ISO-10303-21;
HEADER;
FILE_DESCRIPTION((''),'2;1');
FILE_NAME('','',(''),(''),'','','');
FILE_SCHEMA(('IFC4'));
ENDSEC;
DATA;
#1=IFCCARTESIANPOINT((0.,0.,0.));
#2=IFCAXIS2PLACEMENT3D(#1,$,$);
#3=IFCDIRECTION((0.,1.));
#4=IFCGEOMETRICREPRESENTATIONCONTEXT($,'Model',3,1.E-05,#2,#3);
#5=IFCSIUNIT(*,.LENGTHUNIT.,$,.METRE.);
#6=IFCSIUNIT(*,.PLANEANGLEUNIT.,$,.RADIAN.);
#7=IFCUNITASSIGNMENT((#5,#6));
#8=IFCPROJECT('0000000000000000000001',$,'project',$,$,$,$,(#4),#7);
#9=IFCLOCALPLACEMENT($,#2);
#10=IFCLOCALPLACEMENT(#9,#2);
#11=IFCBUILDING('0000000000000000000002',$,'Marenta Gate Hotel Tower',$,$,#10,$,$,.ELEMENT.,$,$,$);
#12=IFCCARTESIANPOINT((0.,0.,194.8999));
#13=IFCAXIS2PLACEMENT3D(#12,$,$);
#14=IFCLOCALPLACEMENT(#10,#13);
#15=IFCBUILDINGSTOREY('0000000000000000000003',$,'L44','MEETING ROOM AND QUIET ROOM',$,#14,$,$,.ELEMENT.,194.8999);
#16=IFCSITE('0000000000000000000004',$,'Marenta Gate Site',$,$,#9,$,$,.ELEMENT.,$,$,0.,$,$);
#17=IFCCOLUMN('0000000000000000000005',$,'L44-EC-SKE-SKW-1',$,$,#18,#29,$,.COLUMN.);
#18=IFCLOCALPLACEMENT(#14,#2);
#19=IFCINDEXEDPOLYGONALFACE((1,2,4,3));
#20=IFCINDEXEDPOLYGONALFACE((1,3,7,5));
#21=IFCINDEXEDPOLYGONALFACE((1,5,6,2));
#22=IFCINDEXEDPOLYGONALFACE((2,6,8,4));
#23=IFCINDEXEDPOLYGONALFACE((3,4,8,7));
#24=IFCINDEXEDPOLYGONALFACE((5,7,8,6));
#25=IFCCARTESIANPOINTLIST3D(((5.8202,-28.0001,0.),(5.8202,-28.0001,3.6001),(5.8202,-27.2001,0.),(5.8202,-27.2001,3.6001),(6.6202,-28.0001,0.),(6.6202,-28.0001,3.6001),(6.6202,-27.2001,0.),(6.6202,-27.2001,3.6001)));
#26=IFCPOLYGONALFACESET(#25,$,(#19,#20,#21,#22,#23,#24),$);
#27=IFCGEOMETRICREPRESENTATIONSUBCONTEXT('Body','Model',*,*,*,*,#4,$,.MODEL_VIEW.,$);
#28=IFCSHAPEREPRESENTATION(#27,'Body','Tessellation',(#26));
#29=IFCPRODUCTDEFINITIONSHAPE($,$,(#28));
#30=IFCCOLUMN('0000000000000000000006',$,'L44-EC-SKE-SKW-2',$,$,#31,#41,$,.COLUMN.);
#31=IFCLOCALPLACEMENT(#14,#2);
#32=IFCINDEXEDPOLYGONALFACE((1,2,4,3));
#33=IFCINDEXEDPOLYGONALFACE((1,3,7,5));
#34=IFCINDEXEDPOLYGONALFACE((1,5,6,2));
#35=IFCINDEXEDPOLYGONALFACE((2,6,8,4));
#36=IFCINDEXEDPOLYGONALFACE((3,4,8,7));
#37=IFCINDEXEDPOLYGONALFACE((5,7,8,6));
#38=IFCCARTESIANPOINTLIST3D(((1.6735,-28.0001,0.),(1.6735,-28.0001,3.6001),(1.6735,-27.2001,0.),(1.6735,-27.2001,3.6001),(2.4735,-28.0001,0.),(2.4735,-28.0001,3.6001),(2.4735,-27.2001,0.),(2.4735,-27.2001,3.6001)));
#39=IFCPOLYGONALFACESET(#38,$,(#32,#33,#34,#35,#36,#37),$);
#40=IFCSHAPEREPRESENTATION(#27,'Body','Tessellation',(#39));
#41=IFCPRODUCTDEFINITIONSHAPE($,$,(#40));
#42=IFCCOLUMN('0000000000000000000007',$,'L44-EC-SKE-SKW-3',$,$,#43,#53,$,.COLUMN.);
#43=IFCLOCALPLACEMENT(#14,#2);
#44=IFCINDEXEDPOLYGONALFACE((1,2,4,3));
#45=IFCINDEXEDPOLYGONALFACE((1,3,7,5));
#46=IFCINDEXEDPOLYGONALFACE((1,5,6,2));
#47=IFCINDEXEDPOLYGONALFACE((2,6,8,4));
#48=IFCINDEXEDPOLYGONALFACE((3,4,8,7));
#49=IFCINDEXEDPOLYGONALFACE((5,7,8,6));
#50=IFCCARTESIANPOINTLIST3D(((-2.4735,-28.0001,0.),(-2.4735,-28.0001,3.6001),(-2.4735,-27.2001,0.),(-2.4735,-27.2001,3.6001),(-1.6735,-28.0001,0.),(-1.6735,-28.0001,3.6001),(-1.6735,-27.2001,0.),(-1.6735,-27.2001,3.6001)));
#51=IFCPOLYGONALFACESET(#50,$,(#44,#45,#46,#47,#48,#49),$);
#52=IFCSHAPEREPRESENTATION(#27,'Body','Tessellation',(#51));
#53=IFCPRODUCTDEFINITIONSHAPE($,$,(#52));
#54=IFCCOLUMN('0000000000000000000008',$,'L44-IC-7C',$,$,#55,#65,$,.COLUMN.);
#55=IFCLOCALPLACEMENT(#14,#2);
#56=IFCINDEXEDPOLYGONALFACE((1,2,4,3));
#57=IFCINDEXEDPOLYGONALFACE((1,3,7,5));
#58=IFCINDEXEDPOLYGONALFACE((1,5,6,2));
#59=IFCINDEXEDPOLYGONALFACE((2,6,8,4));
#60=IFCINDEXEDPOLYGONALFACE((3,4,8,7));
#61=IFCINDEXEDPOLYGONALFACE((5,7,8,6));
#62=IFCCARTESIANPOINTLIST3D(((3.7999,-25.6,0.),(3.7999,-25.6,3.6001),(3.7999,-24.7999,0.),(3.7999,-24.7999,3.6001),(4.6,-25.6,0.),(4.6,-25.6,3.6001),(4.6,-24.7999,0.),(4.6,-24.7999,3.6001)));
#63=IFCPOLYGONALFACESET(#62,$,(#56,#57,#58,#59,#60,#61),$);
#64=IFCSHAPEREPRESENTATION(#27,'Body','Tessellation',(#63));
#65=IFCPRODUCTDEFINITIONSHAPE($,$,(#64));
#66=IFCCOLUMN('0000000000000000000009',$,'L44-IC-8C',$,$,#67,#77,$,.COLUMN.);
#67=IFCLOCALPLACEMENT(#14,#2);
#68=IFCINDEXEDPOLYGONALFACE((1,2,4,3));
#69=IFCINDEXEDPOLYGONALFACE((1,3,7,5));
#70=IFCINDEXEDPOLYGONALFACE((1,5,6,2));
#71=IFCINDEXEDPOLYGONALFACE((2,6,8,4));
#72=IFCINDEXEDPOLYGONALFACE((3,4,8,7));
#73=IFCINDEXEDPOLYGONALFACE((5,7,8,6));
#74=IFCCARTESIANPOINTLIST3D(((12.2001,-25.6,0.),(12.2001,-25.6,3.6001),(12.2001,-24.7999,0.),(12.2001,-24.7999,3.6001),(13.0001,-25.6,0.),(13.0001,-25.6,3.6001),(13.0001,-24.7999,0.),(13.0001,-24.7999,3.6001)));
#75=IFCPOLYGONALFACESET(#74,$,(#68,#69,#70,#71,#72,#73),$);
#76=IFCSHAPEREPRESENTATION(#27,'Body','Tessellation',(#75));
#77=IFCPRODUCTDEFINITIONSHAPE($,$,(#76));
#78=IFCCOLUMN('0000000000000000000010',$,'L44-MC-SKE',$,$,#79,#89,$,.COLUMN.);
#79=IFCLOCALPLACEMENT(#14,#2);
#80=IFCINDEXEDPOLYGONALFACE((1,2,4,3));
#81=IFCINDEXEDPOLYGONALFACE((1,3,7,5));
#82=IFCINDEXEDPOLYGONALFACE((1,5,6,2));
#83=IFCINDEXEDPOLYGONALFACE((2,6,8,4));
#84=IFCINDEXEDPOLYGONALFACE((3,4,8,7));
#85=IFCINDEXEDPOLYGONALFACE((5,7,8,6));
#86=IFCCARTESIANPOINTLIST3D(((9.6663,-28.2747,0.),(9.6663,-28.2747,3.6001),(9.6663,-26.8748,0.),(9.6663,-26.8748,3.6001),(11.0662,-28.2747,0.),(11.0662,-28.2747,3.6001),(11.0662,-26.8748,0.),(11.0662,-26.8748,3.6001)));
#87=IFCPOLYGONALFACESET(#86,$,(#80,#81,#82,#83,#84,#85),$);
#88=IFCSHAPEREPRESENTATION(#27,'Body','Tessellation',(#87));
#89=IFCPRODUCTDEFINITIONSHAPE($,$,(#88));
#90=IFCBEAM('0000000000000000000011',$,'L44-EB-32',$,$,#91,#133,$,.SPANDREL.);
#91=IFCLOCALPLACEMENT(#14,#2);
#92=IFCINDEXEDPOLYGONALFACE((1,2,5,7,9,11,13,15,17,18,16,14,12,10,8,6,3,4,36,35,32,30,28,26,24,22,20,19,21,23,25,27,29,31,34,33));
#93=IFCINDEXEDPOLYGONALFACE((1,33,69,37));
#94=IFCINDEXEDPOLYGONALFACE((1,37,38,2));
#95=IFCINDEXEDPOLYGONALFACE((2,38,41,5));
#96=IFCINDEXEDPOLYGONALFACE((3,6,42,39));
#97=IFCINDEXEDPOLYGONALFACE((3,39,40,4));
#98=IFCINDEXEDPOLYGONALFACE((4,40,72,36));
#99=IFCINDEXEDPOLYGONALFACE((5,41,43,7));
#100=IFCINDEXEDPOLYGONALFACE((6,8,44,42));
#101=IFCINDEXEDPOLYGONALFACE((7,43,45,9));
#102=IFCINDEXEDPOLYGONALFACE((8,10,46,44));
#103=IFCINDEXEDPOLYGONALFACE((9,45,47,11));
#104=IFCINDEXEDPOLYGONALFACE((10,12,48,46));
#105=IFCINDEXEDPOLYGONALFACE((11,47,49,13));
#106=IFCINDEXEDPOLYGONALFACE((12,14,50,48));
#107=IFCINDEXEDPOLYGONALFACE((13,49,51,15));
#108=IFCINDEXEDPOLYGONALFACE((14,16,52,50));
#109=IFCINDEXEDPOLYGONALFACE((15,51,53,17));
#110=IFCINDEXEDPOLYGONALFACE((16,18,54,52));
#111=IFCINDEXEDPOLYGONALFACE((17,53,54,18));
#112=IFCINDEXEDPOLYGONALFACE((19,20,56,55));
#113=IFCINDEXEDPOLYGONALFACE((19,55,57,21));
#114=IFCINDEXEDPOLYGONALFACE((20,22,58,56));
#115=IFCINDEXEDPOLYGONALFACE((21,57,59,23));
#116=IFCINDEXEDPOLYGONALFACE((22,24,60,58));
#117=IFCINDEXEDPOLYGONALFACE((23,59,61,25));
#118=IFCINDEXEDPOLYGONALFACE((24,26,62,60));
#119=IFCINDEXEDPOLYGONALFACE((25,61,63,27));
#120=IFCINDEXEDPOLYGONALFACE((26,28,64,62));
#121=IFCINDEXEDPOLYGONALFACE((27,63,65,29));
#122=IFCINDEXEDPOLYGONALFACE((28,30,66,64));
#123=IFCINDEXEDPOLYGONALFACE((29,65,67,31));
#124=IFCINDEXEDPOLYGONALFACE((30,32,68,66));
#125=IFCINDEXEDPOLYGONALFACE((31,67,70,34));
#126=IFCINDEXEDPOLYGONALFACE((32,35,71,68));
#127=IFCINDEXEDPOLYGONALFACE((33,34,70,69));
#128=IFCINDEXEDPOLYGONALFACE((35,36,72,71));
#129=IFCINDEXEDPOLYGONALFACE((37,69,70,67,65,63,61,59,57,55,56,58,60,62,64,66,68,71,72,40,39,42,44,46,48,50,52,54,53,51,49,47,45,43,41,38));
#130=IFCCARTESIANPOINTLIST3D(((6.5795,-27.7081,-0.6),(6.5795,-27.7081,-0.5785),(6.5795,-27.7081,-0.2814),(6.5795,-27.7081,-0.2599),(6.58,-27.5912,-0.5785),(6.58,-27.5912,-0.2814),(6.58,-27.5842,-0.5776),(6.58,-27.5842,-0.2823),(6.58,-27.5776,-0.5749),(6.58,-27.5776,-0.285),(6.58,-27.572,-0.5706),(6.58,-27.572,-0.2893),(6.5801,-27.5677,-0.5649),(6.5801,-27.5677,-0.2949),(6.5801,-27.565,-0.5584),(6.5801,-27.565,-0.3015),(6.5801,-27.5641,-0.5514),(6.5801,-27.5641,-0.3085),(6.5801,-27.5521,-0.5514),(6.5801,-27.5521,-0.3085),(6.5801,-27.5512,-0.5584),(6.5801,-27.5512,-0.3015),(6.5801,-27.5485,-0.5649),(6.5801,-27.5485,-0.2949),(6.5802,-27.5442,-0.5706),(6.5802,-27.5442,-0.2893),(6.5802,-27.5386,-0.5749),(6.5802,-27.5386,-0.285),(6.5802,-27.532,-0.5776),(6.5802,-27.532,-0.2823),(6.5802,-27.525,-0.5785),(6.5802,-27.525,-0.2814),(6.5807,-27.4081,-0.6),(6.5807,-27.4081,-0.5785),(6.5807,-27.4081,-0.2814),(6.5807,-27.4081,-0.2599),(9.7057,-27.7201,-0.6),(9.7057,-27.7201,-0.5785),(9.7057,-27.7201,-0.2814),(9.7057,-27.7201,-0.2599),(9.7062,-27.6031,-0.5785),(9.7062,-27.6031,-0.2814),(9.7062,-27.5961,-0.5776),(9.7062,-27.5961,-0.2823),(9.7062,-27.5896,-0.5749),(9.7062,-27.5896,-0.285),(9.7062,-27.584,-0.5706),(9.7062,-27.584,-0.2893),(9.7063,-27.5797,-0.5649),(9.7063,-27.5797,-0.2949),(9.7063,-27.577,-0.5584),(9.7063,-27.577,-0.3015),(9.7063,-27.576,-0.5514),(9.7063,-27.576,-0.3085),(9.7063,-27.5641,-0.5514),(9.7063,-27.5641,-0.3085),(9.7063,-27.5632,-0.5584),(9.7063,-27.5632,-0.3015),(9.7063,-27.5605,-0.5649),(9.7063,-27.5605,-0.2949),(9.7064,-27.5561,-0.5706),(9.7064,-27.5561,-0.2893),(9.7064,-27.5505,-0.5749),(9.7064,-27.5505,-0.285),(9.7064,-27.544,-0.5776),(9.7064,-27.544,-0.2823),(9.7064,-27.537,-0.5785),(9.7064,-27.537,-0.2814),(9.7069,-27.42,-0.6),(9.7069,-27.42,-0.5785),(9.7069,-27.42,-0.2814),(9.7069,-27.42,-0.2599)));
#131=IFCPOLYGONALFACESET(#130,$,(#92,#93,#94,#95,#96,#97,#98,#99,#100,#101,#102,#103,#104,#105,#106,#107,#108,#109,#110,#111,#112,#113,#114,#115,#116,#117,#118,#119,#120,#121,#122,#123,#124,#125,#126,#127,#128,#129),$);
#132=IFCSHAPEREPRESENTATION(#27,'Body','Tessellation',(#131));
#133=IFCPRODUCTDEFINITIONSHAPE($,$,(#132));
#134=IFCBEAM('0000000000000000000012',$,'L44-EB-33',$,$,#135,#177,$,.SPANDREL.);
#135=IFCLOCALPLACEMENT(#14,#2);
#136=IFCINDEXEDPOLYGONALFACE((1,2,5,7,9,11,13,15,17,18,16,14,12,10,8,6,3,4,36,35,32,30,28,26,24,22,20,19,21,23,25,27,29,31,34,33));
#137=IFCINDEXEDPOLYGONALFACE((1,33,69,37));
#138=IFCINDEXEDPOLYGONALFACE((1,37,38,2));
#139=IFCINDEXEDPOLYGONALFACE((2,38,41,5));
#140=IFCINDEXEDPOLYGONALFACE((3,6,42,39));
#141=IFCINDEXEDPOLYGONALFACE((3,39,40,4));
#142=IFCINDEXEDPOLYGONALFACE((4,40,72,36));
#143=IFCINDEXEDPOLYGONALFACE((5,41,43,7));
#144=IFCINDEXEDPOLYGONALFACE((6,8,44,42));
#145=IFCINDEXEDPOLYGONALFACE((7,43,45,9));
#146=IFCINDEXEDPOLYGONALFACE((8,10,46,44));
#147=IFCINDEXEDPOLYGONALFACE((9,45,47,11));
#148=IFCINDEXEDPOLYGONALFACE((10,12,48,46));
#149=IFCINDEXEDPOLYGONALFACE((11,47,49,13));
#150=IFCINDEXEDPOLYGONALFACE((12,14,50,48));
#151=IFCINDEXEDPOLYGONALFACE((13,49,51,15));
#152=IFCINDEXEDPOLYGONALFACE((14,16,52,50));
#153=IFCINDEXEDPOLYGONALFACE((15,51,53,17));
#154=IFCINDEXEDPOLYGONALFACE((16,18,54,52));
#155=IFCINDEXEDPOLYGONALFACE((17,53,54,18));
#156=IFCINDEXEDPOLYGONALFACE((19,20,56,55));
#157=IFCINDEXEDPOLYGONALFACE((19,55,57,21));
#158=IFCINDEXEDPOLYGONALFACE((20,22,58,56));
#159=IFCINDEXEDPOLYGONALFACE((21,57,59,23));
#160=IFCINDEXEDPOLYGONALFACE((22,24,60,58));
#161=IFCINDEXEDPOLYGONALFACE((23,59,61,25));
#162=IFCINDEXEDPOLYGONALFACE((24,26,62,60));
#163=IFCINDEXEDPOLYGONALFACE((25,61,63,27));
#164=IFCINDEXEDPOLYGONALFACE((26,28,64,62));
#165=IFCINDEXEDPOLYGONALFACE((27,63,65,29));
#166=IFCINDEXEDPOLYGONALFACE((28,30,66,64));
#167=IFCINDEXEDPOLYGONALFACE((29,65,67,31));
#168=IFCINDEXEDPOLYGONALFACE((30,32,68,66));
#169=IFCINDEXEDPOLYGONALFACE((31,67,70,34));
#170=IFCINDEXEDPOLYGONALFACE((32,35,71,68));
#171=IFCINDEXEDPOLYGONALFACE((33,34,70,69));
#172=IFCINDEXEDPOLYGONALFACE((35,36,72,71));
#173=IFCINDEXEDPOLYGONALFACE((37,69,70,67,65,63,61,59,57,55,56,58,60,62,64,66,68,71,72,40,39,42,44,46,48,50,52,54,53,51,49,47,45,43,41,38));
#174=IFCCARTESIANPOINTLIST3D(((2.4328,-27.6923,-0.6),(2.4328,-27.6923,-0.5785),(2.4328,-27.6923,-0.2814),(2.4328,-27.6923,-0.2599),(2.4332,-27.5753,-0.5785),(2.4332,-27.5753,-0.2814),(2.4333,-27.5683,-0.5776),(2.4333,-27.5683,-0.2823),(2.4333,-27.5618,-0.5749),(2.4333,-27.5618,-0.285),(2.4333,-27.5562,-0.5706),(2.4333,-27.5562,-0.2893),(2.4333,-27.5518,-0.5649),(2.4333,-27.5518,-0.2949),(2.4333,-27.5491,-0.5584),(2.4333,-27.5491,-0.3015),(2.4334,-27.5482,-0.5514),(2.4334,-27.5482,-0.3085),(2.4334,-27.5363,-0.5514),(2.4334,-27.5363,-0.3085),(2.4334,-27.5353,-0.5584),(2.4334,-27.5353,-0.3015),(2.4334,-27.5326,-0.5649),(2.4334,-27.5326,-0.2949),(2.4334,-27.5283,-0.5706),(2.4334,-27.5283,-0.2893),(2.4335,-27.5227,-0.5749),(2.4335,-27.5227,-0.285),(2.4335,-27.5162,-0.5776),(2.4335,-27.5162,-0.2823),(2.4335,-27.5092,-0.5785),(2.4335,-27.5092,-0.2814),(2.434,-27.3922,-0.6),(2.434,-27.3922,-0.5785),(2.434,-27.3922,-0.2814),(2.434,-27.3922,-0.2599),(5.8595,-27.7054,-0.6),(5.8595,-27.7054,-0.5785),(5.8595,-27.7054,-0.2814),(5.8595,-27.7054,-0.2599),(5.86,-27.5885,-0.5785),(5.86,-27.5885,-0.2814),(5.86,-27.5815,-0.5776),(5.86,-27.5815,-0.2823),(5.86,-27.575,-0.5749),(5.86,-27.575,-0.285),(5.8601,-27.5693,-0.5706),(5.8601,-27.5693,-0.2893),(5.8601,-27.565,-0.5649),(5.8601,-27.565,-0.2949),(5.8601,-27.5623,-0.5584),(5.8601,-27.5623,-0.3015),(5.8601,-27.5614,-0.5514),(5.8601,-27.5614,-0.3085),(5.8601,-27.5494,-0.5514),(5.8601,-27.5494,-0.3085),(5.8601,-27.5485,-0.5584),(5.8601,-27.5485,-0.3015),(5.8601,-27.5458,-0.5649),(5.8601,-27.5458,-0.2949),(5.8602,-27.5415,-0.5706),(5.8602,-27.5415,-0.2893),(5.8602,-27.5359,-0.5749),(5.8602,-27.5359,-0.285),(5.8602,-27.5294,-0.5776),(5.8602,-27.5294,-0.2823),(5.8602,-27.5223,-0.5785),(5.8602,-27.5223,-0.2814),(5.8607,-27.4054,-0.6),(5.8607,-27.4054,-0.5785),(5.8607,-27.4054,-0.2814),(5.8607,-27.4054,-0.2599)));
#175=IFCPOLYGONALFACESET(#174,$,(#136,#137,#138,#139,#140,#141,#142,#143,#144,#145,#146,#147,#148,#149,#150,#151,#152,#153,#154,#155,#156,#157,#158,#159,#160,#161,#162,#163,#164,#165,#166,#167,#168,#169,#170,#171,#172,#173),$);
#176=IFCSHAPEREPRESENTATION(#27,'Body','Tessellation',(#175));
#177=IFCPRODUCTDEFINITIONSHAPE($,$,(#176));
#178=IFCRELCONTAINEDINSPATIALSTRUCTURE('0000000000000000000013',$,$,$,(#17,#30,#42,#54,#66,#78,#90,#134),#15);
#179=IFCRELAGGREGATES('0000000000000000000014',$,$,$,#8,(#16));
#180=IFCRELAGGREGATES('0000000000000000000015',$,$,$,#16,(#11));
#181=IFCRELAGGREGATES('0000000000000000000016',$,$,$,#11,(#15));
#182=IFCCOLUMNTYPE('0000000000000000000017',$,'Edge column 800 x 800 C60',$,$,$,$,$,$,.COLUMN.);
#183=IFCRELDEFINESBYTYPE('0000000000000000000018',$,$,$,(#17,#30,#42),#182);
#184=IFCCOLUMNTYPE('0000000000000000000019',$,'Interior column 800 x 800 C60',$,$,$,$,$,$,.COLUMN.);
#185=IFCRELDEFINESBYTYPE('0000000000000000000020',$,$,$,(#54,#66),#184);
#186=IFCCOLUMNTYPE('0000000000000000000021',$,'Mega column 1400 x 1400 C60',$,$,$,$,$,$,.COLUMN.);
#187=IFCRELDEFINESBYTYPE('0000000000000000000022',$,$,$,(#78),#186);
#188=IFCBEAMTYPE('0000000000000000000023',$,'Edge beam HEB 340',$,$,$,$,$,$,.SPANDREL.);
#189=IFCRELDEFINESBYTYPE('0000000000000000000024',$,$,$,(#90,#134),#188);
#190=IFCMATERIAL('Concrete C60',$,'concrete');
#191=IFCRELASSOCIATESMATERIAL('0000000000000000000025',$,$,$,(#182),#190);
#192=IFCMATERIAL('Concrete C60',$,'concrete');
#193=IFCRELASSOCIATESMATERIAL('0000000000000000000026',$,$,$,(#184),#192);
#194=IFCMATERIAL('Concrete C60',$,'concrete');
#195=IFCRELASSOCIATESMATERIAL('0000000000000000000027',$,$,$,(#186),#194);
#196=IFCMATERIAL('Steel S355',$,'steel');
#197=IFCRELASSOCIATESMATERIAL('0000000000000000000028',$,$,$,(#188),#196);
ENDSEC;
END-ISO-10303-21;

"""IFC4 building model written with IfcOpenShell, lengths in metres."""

from ifc_helpers import new_model, si_unit, direction, frame, origin, origin_2d, place, context, subcontext, project, spatial, rectangle, i_section, extrude, material, material_profile, profile_set, type_object, element, save


model = new_model("IFC4")

# Units and contexts
model_context = context("Model", 3, precision=1e-05, world=origin(), true_north=direction((0.0, 1.0)))
body_context = subcontext(model_context, "Body", "Model", "MODEL_VIEW")
ifc_project = project(units=[si_unit("LENGTHUNIT", "METRE"), si_unit("PLANEANGLEUNIT", "RADIAN")], contexts=[model_context])

# Site, building, storey
site_placement = place(None, origin())
site = spatial("IfcSite", under=ifc_project, at=site_placement, Name="Marenta Gate Site", CompositionType="ELEMENT", RefElevation=0.0)
building_placement = place(site_placement, origin())
building = spatial("IfcBuilding", under=site, at=building_placement, Name="Marenta Gate Hotel Tower", CompositionType="ELEMENT")
storey_placement = place(building_placement, frame((0.0, 0.0, 194.8999)))
storey = spatial("IfcBuildingStorey", under=building, at=storey_placement, Name="L44", Description="MEETING ROOM AND QUIET ROOM", CompositionType="ELEMENT", Elevation=194.8999)

# Columns
ifc_material_1 = material(Name="Concrete C60", Category="concrete")
ifc_material_profile_1 = material_profile(ifc_material_1, rectangle(XDim=0.8, YDim=0.8, at=origin_2d()), Name="800 x 800")
ifc_profile_set_1 = profile_set([ifc_material_profile_1], Name="Concrete C60")
column_type_1 = type_object("IfcColumnType", Name="Edge column 800 x 800 C60", PredefinedType="COLUMN", material=ifc_profile_set_1)
for number, where, z_axis, x_axis, name in (
    (1, (6.2202, -27.6001, 0.0), (0.0, 0.0, 1.0), (1.0, 0.0, 0.0), "L44-EC-SKE-SKW-1"),
    (2, (2.0735, -27.6001, 0.0), (0.0, 0.0, 1.0), (1.0, 0.0, 0.0), "L44-EC-SKE-SKW-2"),
    (3, (-2.0735, -27.6001, 0.0), (0.0, 0.0, 1.0), (1.0, 0.0, 0.0), "L44-EC-SKE-SKW-3"),
):
    element("IfcColumn", number, at=place(storey_placement, frame(where, z_axis=z_axis, x_axis=x_axis)), inside=storey, type_object=column_type_1, Name=name, PredefinedType="COLUMN", context=body_context, shape_type="SweptSolid", body=[
        extrude(rectangle(XDim=0.8, YDim=0.8, at=origin_2d()), origin(), (0.0, 0.0, 1.0), 3.6001),
    ])
ifc_material_2 = material(Name="Concrete C60", Category="concrete")
ifc_material_profile_2 = material_profile(ifc_material_2, rectangle(XDim=0.8, YDim=0.8, at=origin_2d()), Name="800 x 800")
ifc_profile_set_2 = profile_set([ifc_material_profile_2], Name="Concrete C60")
column_type_2 = type_object("IfcColumnType", Name="Interior column 800 x 800 C60", PredefinedType="COLUMN", material=ifc_profile_set_2)
for number, where, z_axis, x_axis, name in (
    (4, (4.2, -25.2, 0.0), (0.0, 0.0, 1.0), (1.0, 0.0, 0.0), "L44-IC-7C"),
    (5, (12.6001, -25.2, 0.0), (0.0, 0.0, 1.0), (1.0, 0.0, 0.0), "L44-IC-8C"),
):
    element("IfcColumn", number, at=place(storey_placement, frame(where, z_axis=z_axis, x_axis=x_axis)), inside=storey, type_object=column_type_2, Name=name, PredefinedType="COLUMN", context=body_context, shape_type="SweptSolid", body=[
        extrude(rectangle(XDim=0.8, YDim=0.8, at=origin_2d()), origin(), (0.0, 0.0, 1.0), 3.6001),
    ])
ifc_material_3 = material(Name="Concrete C60", Category="concrete")
ifc_material_profile_3 = material_profile(ifc_material_3, rectangle(XDim=1.3999, YDim=1.3999, at=origin_2d()), Name="1400 x 1400")
ifc_profile_set_3 = profile_set([ifc_material_profile_3], Name="Concrete C60")
column_type_3 = type_object("IfcColumnType", Name="Mega column 1400 x 1400 C60", PredefinedType="COLUMN", material=ifc_profile_set_3)
column_placement = place(storey_placement, frame((10.3662, -27.5747, 0.0), z_axis=(0.0, 0.0, 1.0), x_axis=(1.0, 0.0, 0.0)))
element("IfcColumn", 6, at=column_placement, inside=storey, type_object=column_type_3, Name="L44-MC-SKE", PredefinedType="COLUMN", context=body_context, shape_type="SweptSolid", body=[
    extrude(rectangle(XDim=1.3999, YDim=1.3999, at=origin_2d()), origin(), (0.0, 0.0, 1.0), 3.6001),
])

# Beams
ifc_material_4 = material(Name="Steel S355", Category="steel")
ifc_material_profile_4 = material_profile(ifc_material_4, i_section(OverallWidth=0.3, OverallDepth=0.3401, WebThickness=0.012, FlangeThickness=0.0215, FilletRadius=0.0271, at=origin_2d()), Name="HEB 340")
ifc_profile_set_4 = profile_set([ifc_material_profile_4], Name="Steel S355")
beam_type_1 = type_object("IfcBeamType", Name="Edge beam HEB 340", PredefinedType="SPANDREL", material=ifc_profile_set_4)
beam_1_placement = place(storey_placement, frame((9.7063, -27.5701, -0.4299), z_axis=(-0.999993, 0.003827, 0.0), x_axis=(-0.003827, -0.999993, 0.0)))
element("IfcBeam", 7, at=beam_1_placement, inside=storey, type_object=beam_type_1, Name="L44-EB-32", PredefinedType="SPANDREL", context=body_context, shape_type="SweptSolid", body=[
    extrude(i_section(OverallWidth=0.3, OverallDepth=0.3401, WebThickness=0.012, FlangeThickness=0.0215, FilletRadius=0.0271, at=origin_2d()), origin(), (0.0, 0.0, 1.0), 3.1262),
])
for number, where, z_axis, x_axis, name in (
    (8, (5.8601, -27.5554, -0.4299), (-0.999993, 0.003847, 0.0), (-0.003847, -0.999993, 0.0), "L44-EB-33"),
):
    element("IfcBeam", number, at=place(storey_placement, frame(where, z_axis=z_axis, x_axis=x_axis)), inside=storey, type_object=beam_type_1, Name=name, PredefinedType="SPANDREL", context=body_context, shape_type="SweptSolid", body=[
        extrude(i_section(OverallWidth=0.3, OverallDepth=0.3401, WebThickness=0.012, FlangeThickness=0.0215, FilletRadius=0.0271, at=origin_2d()), origin(), (0.0, 0.0, 1.0), 3.4268),
    ])

save(model, "model.ifc")
